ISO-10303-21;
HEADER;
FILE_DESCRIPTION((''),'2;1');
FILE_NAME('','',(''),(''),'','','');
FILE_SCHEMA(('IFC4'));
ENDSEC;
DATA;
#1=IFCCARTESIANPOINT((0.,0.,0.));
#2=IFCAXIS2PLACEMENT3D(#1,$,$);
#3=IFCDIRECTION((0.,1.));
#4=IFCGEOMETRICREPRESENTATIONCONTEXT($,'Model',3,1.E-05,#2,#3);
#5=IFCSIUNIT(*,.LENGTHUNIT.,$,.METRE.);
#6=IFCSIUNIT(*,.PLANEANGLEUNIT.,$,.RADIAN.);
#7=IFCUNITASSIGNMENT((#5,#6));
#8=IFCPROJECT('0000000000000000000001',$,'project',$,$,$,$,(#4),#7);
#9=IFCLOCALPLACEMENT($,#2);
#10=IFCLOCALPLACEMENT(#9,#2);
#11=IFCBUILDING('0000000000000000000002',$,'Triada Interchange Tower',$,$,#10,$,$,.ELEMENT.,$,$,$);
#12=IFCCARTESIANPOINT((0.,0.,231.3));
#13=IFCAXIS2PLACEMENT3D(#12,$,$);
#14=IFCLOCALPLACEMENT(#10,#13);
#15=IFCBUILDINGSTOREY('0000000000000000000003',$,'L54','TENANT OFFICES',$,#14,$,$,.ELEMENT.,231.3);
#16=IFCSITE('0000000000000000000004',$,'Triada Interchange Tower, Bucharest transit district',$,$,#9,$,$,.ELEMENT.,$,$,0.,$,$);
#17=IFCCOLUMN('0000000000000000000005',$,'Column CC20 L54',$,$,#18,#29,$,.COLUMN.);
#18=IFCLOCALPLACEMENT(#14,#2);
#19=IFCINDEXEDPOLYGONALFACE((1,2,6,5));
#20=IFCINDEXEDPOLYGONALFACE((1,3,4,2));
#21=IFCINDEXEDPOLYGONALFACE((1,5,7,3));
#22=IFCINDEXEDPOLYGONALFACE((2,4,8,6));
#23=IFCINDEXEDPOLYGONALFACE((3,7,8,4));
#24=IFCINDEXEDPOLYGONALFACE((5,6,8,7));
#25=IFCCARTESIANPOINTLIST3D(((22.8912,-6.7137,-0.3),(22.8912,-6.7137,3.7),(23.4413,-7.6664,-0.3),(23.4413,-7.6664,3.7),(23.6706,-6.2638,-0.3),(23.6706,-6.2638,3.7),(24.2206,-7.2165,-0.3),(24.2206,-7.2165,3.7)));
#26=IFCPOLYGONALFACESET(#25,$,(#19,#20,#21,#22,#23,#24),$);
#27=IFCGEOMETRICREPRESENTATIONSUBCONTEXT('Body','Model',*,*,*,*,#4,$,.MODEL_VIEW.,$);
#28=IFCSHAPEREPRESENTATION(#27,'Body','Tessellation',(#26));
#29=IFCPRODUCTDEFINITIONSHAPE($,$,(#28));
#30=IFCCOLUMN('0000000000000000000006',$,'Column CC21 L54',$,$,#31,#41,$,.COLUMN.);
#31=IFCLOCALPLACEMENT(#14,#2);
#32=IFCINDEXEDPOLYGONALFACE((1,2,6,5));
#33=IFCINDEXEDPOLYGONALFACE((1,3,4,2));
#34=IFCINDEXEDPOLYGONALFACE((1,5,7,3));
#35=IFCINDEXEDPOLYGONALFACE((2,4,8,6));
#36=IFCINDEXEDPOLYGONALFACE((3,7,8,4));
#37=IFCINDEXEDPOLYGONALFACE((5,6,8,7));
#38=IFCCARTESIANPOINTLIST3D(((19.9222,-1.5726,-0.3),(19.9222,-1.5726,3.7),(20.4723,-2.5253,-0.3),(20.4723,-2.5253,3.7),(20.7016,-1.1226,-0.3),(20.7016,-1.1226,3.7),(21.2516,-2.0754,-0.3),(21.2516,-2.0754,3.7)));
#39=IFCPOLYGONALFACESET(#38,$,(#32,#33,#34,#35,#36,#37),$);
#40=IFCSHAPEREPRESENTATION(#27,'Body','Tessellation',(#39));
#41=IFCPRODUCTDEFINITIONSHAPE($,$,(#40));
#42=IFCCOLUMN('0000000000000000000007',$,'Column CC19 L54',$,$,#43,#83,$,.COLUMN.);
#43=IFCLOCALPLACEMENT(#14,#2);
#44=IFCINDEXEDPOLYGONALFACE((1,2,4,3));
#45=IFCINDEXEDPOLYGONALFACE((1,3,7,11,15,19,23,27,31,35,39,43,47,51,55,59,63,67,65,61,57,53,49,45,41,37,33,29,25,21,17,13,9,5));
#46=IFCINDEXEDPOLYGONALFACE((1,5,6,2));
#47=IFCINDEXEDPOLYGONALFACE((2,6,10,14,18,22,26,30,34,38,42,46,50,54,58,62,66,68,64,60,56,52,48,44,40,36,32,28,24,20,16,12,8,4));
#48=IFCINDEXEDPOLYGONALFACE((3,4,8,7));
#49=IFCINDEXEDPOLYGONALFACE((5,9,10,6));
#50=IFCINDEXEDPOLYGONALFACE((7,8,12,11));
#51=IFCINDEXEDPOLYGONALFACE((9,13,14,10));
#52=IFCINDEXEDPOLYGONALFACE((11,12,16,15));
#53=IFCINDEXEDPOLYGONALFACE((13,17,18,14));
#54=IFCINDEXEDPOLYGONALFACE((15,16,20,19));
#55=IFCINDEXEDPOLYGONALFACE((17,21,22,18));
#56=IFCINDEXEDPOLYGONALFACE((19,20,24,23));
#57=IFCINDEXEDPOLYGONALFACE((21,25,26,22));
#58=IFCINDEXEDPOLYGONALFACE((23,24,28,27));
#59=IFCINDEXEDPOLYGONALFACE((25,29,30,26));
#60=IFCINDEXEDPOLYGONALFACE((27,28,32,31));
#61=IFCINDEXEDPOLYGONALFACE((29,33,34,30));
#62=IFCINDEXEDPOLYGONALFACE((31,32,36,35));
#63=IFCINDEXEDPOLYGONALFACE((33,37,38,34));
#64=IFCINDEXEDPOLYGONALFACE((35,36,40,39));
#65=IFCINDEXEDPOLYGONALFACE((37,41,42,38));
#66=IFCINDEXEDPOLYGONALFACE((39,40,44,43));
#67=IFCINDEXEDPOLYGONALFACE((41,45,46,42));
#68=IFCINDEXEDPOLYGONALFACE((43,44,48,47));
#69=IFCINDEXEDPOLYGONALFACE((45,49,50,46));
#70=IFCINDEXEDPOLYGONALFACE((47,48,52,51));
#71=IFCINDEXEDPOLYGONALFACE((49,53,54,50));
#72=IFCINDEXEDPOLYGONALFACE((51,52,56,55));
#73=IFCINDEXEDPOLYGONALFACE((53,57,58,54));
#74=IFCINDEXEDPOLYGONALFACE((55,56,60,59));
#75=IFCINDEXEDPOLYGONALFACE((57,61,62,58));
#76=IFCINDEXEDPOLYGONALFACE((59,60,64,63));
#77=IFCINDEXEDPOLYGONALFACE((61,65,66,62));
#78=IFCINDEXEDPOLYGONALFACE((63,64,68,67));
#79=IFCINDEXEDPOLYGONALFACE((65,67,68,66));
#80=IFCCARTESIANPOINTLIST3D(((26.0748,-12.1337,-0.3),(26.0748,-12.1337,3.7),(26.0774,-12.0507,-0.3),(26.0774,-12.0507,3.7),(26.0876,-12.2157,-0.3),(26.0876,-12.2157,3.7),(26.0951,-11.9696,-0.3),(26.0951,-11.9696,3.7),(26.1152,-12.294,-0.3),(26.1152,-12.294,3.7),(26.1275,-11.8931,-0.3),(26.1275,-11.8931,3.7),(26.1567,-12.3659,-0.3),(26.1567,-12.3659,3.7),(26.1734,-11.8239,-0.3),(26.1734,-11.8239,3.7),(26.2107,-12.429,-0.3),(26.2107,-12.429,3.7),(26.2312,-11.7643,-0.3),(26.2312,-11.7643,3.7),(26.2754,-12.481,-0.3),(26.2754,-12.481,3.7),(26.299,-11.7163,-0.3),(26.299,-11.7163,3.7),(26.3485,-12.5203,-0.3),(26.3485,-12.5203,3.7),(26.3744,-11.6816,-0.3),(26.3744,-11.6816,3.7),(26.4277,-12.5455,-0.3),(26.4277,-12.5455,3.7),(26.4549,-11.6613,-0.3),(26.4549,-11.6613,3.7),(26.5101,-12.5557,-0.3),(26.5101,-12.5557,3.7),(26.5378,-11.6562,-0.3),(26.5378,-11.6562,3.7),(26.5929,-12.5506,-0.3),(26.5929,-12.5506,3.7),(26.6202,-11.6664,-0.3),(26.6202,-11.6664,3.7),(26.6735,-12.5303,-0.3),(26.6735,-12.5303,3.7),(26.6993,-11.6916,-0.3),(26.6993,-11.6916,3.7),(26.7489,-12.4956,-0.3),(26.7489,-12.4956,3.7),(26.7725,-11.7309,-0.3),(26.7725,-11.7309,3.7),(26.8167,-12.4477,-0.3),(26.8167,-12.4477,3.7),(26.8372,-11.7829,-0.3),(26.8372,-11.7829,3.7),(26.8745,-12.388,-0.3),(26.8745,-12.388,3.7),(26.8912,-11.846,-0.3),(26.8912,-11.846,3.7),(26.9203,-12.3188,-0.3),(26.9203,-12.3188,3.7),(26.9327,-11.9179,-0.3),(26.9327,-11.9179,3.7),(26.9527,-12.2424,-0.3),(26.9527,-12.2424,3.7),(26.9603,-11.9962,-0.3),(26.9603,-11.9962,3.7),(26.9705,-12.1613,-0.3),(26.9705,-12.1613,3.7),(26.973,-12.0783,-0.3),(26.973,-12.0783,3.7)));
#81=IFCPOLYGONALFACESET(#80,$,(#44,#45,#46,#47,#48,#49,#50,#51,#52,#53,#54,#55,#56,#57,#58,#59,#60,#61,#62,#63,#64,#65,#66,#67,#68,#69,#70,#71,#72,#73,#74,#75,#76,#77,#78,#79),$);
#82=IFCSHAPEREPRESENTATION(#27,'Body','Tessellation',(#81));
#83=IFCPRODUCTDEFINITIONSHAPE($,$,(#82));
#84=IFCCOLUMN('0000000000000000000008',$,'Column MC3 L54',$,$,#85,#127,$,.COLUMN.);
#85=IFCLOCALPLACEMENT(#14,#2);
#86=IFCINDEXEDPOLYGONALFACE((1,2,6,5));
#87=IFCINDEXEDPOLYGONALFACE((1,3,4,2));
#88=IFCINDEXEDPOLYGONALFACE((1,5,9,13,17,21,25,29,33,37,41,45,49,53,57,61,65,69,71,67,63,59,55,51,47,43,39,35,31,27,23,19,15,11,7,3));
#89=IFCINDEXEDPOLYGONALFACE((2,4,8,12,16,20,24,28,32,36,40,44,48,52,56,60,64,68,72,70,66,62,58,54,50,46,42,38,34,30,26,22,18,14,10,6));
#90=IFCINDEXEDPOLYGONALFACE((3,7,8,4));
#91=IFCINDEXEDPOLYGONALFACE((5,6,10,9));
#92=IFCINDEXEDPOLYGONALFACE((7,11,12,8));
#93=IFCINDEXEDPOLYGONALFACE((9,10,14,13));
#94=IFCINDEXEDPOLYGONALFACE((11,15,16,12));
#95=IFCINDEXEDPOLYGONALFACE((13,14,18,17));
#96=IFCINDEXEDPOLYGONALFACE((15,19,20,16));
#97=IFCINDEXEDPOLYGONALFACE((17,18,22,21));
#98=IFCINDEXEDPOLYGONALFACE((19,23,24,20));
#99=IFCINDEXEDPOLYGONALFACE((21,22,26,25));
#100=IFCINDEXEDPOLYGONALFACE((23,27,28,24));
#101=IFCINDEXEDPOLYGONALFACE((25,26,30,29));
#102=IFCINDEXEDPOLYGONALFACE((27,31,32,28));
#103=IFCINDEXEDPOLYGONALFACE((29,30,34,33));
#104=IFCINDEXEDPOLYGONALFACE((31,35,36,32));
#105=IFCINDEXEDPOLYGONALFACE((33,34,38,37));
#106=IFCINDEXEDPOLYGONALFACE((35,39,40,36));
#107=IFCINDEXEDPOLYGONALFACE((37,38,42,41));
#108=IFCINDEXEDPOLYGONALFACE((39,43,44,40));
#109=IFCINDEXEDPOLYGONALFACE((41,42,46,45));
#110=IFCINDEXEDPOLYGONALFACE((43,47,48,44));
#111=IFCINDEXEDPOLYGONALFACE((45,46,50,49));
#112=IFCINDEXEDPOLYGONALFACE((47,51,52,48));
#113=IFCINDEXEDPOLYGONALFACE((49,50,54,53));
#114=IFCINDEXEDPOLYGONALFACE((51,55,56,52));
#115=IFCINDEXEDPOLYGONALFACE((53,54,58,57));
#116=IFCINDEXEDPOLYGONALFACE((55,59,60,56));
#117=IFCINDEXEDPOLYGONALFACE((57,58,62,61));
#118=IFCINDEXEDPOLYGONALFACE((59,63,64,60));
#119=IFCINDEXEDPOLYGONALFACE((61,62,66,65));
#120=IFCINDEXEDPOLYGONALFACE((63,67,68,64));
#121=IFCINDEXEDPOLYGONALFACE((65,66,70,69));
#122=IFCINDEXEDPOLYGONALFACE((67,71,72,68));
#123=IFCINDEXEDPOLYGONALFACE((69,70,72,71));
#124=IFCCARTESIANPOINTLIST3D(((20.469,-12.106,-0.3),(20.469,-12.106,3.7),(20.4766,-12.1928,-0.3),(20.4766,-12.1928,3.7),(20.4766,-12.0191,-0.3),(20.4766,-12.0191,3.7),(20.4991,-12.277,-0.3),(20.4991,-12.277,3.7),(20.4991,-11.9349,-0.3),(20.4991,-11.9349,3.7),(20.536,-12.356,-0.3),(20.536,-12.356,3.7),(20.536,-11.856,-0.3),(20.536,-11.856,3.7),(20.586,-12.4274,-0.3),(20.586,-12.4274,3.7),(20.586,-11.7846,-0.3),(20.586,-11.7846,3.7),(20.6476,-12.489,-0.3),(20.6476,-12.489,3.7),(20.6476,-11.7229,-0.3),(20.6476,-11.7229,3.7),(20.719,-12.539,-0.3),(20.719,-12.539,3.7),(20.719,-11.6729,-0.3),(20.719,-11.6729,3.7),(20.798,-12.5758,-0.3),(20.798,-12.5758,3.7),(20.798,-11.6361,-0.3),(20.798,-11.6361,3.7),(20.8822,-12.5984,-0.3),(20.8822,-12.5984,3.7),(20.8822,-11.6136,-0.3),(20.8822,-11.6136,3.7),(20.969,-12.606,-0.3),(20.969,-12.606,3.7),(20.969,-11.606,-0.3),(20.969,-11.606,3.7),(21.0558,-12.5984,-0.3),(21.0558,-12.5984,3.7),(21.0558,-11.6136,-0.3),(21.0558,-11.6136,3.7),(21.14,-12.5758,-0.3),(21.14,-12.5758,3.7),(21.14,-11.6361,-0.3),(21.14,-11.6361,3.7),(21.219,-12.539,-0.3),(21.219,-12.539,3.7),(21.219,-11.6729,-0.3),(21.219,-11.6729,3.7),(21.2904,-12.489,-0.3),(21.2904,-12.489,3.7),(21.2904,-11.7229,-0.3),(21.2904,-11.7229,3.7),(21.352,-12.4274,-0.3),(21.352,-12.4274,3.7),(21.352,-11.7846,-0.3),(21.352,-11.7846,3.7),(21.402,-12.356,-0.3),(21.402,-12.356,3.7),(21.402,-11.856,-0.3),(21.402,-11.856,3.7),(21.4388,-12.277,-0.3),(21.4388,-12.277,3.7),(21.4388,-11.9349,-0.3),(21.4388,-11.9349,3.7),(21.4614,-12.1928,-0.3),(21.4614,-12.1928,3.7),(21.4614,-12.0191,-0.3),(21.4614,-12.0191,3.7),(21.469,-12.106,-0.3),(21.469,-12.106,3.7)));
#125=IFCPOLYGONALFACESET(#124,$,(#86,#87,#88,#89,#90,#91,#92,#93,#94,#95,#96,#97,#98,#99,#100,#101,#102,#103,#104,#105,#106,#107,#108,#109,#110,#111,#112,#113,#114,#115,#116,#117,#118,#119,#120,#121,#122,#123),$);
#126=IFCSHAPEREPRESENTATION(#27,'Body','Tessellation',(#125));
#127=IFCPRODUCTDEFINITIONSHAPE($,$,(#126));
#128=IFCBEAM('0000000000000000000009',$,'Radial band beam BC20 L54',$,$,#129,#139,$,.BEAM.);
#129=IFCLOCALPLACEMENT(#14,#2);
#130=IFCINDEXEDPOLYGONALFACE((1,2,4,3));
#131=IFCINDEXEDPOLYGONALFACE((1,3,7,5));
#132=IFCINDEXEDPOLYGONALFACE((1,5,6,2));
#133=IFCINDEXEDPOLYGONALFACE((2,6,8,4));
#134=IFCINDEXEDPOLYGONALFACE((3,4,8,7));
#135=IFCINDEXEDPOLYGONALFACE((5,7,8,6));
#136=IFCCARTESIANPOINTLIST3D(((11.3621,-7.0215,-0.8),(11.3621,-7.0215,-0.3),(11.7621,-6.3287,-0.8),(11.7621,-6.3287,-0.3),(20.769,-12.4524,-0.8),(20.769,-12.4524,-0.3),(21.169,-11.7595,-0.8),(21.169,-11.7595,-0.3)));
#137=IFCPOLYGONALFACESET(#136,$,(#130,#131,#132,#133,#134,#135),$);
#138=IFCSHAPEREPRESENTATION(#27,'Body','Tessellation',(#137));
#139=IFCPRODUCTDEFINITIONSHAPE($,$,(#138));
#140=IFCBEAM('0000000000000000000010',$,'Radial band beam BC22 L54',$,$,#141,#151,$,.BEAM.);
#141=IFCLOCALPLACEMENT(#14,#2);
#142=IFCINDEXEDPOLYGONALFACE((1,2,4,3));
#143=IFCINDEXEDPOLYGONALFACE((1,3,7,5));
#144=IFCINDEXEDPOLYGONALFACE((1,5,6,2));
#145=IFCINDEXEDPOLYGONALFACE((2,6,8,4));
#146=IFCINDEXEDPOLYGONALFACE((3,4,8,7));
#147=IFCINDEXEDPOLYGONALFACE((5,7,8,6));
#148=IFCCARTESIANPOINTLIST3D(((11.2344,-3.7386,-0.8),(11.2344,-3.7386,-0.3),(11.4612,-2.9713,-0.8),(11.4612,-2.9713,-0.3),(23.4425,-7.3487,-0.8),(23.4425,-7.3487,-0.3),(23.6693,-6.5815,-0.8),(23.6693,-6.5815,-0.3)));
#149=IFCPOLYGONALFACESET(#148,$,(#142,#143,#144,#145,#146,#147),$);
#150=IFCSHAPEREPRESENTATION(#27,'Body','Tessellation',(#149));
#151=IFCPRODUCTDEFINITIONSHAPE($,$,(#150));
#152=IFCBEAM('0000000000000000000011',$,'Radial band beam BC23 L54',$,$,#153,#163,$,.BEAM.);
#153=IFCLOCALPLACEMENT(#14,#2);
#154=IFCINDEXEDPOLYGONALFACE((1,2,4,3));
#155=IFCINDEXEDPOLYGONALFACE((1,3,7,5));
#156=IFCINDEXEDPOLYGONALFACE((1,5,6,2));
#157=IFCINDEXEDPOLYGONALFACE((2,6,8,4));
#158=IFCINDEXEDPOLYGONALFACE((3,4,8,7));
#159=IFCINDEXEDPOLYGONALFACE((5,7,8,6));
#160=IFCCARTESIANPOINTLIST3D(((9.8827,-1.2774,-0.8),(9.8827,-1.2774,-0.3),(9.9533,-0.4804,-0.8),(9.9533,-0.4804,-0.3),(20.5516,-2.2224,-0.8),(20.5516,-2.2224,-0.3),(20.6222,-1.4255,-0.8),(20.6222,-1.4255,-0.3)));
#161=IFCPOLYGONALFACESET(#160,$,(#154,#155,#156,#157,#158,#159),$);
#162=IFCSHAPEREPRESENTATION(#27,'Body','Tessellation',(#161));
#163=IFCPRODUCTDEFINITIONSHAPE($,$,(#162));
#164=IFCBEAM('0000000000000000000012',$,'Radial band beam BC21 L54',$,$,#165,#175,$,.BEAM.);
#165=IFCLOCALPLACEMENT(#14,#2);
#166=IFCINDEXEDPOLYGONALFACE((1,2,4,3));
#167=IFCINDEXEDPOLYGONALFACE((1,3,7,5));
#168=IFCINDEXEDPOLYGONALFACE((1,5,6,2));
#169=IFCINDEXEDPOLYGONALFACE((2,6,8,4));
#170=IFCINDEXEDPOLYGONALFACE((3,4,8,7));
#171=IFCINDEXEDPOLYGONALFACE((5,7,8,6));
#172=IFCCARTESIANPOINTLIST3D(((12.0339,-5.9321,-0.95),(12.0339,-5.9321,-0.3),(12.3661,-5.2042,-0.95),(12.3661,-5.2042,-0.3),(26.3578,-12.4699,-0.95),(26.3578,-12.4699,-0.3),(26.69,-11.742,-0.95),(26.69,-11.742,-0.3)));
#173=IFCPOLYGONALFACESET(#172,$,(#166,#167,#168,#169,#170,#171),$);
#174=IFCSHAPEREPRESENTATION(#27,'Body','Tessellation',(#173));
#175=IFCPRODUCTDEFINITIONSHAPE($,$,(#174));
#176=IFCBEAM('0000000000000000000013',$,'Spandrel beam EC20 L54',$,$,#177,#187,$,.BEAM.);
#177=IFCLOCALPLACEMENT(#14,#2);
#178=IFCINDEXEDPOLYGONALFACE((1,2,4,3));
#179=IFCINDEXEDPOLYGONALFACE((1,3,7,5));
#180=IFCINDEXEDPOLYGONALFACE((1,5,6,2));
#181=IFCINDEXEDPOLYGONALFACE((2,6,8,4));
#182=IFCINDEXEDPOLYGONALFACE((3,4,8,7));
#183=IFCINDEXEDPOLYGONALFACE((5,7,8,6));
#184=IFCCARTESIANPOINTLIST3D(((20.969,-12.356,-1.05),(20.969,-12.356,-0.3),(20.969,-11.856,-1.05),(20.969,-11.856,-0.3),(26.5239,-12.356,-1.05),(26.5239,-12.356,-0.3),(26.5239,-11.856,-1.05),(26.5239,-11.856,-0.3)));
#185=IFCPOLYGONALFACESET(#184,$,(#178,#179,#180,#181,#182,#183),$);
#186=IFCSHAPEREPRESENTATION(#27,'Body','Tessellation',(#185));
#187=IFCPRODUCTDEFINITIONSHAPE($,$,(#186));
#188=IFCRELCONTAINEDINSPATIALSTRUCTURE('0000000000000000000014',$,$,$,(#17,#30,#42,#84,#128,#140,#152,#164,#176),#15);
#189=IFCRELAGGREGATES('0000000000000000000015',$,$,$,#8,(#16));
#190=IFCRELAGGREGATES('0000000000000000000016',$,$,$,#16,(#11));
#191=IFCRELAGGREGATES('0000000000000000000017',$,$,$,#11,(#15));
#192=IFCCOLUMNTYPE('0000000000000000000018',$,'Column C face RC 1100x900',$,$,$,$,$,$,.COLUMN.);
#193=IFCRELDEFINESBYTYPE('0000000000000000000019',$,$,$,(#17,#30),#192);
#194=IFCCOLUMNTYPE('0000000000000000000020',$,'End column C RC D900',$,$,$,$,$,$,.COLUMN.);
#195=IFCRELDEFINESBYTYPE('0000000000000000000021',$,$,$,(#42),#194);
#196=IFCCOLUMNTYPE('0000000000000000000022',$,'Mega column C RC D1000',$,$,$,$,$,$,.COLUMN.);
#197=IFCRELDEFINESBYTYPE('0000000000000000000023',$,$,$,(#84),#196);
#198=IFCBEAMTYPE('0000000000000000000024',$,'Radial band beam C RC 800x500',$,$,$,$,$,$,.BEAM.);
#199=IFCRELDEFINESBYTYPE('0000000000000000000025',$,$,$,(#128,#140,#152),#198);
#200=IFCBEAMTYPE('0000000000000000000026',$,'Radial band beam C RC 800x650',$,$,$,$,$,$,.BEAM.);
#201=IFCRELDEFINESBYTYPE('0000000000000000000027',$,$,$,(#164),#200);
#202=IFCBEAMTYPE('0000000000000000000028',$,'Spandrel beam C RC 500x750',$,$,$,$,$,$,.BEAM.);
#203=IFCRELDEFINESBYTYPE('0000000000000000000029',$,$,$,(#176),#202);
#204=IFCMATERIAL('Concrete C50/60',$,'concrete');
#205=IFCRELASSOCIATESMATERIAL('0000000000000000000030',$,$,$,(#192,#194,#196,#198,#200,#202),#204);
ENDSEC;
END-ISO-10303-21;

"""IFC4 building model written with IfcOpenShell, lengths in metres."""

from ifc_helpers import new_model, si_unit, direction, frame, origin, origin_2d, place, context, subcontext, project, spatial, rectangle, circle, extrude, material, material_profile, profile_set, type_object, element, save


model = new_model("IFC4")

# Units and contexts
model_context = context("Model", 3, precision=1e-05, world=origin(), true_north=direction((0.0, 1.0)))
body_context = subcontext(model_context, "Body", "Model", "MODEL_VIEW")
ifc_project = project(units=[si_unit("LENGTHUNIT", "METRE"), si_unit("PLANEANGLEUNIT", "RADIAN")], contexts=[model_context])

# Site, building, storey
site_placement = place(None, origin())
site = spatial("IfcSite", under=ifc_project, at=site_placement, Name="Triada Interchange Tower, Bucharest transit district", CompositionType="ELEMENT", RefElevation=0.0)
building_placement = place(site_placement, origin())
building = spatial("IfcBuilding", under=site, at=building_placement, Name="Triada Interchange Tower", CompositionType="ELEMENT")
storey_placement = place(building_placement, frame((0.0, 0.0, 231.3)))
storey = spatial("IfcBuildingStorey", under=building, at=storey_placement, Name="L54", Description="TENANT OFFICES", CompositionType="ELEMENT", Elevation=231.3)

# Columns
ifc_material_1 = material(Name="Concrete C50/60", Category="concrete")
ifc_material_profile_1 = material_profile(ifc_material_1, rectangle(XDim=1.1001, YDim=0.8999, at=origin_2d()), Name="RC 1100x900")
ifc_profile_set_1 = profile_set([ifc_material_profile_1], Name="Concrete C50/60")
column_type_1 = type_object("IfcColumnType", Name="Column C face RC 1100x900", PredefinedType="COLUMN", material=ifc_profile_set_1)
for number, where, z_axis, x_axis, name in (
    (1, (23.5559, -6.9651, -0.3), (0.0, 0.0, 1.0), (-0.5, 0.866025, 0.0), "Column CC20 L54"),
    (2, (20.5869, -1.824, -0.3), (0.0, 0.0, 1.0), (-0.5, 0.866025, 0.0), "Column CC21 L54"),
):
    element("IfcColumn", number, at=place(storey_placement, frame(where, z_axis=z_axis, x_axis=x_axis)), inside=storey, type_object=column_type_1, Name=name, PredefinedType="COLUMN", context=body_context, shape_type="SweptSolid", body=[
        extrude(rectangle(XDim=1.1001, YDim=0.8999, at=origin_2d()), origin(), (0.0, 0.0, 1.0), 4.0),
    ])
ifc_material_profile_2 = material_profile(ifc_material_1, circle(Radius=0.45, at=origin_2d()), Name="RC D900")
ifc_profile_set_2 = profile_set([ifc_material_profile_2], Name="Concrete C50/60")
column_type_2 = type_object("IfcColumnType", Name="End column C RC D900", PredefinedType="COLUMN", material=ifc_profile_set_2)
column_1_placement = place(storey_placement, frame((26.5239, -12.106, -0.3), z_axis=(0.0, 0.0, 1.0), x_axis=(-0.5, 0.866025, 0.0)))
element("IfcColumn", 3, at=column_1_placement, inside=storey, type_object=column_type_2, Name="Column CC19 L54", PredefinedType="COLUMN", context=body_context, shape_type="SweptSolid", body=[
    extrude(circle(Radius=0.45, at=origin_2d()), origin(), (0.0, 0.0, 1.0), 4.0),
])
ifc_material_profile_3 = material_profile(ifc_material_1, circle(Radius=0.5, at=origin_2d()), Name="RC D1000")
ifc_profile_set_3 = profile_set([ifc_material_profile_3], Name="Concrete C50/60")
column_type_3 = type_object("IfcColumnType", Name="Mega column C RC D1000", PredefinedType="COLUMN", material=ifc_profile_set_3)
column_2_placement = place(storey_placement, frame((20.969, -12.106, -0.3), z_axis=(0.0, 0.0, 1.0), x_axis=(1.0, 0.0, 0.0)))
element("IfcColumn", 4, at=column_2_placement, inside=storey, type_object=column_type_3, Name="Column MC3 L54", PredefinedType="COLUMN", context=body_context, shape_type="SweptSolid", body=[
    extrude(circle(Radius=0.5, at=origin_2d()), origin(), (0.0, 0.0, 1.0), 4.0),
])

# Beams
ifc_material_profile_4 = material_profile(ifc_material_1, rectangle(XDim=0.8, YDim=0.5, at=origin_2d()), Name="RC 800x500")
ifc_profile_set_4 = profile_set([ifc_material_profile_4], Name="Concrete C50/60")
beam_type_1 = type_object("IfcBeamType", Name="Radial band beam C RC 800x500", PredefinedType="BEAM", material=ifc_profile_set_4)
beam_1_placement = place(storey_placement, frame((20.969, -12.106, -0.55), z_axis=(-0.866034, 0.499985, 0.0), x_axis=(-0.499985, -0.866034, 0.0)))
element("IfcBeam", 5, at=beam_1_placement, inside=storey, type_object=beam_type_1, Name="Radial band beam BC20 L54", PredefinedType="BEAM", context=body_context, shape_type="SweptSolid", body=[
    extrude(rectangle(XDim=0.8, YDim=0.5, at=origin_2d()), origin(), (0.0, 0.0, 1.0), 10.8621),
])
beam_2_placement = place(storey_placement, frame((23.5559, -6.9651, -0.55), z_axis=(-0.958949, 0.283577, 0.0), x_axis=(-0.283577, -0.958949, 0.0)))
element("IfcBeam", 6, at=beam_2_placement, inside=storey, type_object=beam_type_1, Name="Radial band beam BC22 L54", PredefinedType="BEAM", context=body_context, shape_type="SweptSolid", body=[
    extrude(rectangle(XDim=0.8, YDim=0.5, at=origin_2d()), origin(), (0.0, 0.0, 1.0), 12.7307),
])
beam_3_placement = place(storey_placement, frame((20.5869, -1.824, -0.55), z_axis=(-0.9961, 0.088236, 0.0), x_axis=(-0.088236, -0.9961, 0.0)))
element("IfcBeam", 7, at=beam_3_placement, inside=storey, type_object=beam_type_1, Name="Radial band beam BC23 L54", PredefinedType="BEAM", context=body_context, shape_type="SweptSolid", body=[
    extrude(rectangle(XDim=0.8, YDim=0.5, at=origin_2d()), origin(), (0.0, 0.0, 1.0), 10.7107),
])
ifc_material_profile_5 = material_profile(ifc_material_1, rectangle(XDim=0.8, YDim=0.6499, at=origin_2d()), Name="RC 800x650")
ifc_profile_set_5 = profile_set([ifc_material_profile_5], Name="Concrete C50/60")
beam_type_2 = type_object("IfcBeamType", Name="Radial band beam C RC 800x650", PredefinedType="BEAM", material=ifc_profile_set_5)
beam_4_placement = place(storey_placement, frame((26.5239, -12.106, -0.625), z_axis=(-0.909721, 0.415221, 0.0), x_axis=(-0.415221, -0.909721, 0.0)))
element("IfcBeam", 8, at=beam_4_placement, inside=storey, type_object=beam_type_2, Name="Radial band beam BC21 L54", PredefinedType="BEAM", context=body_context, shape_type="SweptSolid", body=[
    extrude(rectangle(XDim=0.8, YDim=0.6499, at=origin_2d()), origin(), (0.0, 0.0, 1.0), 15.7454),
])
ifc_material_profile_6 = material_profile(ifc_material_1, rectangle(XDim=0.5, YDim=0.75, at=origin_2d()), Name="RC 500x750")
ifc_profile_set_6 = profile_set([ifc_material_profile_6], Name="Concrete C50/60")
beam_type_3 = type_object("IfcBeamType", Name="Spandrel beam C RC 500x750", PredefinedType="BEAM", material=ifc_profile_set_6)
beam_5_placement = place(storey_placement, frame((20.969, -12.106, -0.675), z_axis=(1.0, 0.0, 0.0), x_axis=(0.0, 1.0, 0.0)))
element("IfcBeam", 9, at=beam_5_placement, inside=storey, type_object=beam_type_3, Name="Spandrel beam EC20 L54", PredefinedType="BEAM", context=body_context, shape_type="SweptSolid", body=[
    extrude(rectangle(XDim=0.5, YDim=0.75, at=origin_2d()), origin(), (0.0, 0.0, 1.0), 5.5549),
])

save(model, "model.ifc")
